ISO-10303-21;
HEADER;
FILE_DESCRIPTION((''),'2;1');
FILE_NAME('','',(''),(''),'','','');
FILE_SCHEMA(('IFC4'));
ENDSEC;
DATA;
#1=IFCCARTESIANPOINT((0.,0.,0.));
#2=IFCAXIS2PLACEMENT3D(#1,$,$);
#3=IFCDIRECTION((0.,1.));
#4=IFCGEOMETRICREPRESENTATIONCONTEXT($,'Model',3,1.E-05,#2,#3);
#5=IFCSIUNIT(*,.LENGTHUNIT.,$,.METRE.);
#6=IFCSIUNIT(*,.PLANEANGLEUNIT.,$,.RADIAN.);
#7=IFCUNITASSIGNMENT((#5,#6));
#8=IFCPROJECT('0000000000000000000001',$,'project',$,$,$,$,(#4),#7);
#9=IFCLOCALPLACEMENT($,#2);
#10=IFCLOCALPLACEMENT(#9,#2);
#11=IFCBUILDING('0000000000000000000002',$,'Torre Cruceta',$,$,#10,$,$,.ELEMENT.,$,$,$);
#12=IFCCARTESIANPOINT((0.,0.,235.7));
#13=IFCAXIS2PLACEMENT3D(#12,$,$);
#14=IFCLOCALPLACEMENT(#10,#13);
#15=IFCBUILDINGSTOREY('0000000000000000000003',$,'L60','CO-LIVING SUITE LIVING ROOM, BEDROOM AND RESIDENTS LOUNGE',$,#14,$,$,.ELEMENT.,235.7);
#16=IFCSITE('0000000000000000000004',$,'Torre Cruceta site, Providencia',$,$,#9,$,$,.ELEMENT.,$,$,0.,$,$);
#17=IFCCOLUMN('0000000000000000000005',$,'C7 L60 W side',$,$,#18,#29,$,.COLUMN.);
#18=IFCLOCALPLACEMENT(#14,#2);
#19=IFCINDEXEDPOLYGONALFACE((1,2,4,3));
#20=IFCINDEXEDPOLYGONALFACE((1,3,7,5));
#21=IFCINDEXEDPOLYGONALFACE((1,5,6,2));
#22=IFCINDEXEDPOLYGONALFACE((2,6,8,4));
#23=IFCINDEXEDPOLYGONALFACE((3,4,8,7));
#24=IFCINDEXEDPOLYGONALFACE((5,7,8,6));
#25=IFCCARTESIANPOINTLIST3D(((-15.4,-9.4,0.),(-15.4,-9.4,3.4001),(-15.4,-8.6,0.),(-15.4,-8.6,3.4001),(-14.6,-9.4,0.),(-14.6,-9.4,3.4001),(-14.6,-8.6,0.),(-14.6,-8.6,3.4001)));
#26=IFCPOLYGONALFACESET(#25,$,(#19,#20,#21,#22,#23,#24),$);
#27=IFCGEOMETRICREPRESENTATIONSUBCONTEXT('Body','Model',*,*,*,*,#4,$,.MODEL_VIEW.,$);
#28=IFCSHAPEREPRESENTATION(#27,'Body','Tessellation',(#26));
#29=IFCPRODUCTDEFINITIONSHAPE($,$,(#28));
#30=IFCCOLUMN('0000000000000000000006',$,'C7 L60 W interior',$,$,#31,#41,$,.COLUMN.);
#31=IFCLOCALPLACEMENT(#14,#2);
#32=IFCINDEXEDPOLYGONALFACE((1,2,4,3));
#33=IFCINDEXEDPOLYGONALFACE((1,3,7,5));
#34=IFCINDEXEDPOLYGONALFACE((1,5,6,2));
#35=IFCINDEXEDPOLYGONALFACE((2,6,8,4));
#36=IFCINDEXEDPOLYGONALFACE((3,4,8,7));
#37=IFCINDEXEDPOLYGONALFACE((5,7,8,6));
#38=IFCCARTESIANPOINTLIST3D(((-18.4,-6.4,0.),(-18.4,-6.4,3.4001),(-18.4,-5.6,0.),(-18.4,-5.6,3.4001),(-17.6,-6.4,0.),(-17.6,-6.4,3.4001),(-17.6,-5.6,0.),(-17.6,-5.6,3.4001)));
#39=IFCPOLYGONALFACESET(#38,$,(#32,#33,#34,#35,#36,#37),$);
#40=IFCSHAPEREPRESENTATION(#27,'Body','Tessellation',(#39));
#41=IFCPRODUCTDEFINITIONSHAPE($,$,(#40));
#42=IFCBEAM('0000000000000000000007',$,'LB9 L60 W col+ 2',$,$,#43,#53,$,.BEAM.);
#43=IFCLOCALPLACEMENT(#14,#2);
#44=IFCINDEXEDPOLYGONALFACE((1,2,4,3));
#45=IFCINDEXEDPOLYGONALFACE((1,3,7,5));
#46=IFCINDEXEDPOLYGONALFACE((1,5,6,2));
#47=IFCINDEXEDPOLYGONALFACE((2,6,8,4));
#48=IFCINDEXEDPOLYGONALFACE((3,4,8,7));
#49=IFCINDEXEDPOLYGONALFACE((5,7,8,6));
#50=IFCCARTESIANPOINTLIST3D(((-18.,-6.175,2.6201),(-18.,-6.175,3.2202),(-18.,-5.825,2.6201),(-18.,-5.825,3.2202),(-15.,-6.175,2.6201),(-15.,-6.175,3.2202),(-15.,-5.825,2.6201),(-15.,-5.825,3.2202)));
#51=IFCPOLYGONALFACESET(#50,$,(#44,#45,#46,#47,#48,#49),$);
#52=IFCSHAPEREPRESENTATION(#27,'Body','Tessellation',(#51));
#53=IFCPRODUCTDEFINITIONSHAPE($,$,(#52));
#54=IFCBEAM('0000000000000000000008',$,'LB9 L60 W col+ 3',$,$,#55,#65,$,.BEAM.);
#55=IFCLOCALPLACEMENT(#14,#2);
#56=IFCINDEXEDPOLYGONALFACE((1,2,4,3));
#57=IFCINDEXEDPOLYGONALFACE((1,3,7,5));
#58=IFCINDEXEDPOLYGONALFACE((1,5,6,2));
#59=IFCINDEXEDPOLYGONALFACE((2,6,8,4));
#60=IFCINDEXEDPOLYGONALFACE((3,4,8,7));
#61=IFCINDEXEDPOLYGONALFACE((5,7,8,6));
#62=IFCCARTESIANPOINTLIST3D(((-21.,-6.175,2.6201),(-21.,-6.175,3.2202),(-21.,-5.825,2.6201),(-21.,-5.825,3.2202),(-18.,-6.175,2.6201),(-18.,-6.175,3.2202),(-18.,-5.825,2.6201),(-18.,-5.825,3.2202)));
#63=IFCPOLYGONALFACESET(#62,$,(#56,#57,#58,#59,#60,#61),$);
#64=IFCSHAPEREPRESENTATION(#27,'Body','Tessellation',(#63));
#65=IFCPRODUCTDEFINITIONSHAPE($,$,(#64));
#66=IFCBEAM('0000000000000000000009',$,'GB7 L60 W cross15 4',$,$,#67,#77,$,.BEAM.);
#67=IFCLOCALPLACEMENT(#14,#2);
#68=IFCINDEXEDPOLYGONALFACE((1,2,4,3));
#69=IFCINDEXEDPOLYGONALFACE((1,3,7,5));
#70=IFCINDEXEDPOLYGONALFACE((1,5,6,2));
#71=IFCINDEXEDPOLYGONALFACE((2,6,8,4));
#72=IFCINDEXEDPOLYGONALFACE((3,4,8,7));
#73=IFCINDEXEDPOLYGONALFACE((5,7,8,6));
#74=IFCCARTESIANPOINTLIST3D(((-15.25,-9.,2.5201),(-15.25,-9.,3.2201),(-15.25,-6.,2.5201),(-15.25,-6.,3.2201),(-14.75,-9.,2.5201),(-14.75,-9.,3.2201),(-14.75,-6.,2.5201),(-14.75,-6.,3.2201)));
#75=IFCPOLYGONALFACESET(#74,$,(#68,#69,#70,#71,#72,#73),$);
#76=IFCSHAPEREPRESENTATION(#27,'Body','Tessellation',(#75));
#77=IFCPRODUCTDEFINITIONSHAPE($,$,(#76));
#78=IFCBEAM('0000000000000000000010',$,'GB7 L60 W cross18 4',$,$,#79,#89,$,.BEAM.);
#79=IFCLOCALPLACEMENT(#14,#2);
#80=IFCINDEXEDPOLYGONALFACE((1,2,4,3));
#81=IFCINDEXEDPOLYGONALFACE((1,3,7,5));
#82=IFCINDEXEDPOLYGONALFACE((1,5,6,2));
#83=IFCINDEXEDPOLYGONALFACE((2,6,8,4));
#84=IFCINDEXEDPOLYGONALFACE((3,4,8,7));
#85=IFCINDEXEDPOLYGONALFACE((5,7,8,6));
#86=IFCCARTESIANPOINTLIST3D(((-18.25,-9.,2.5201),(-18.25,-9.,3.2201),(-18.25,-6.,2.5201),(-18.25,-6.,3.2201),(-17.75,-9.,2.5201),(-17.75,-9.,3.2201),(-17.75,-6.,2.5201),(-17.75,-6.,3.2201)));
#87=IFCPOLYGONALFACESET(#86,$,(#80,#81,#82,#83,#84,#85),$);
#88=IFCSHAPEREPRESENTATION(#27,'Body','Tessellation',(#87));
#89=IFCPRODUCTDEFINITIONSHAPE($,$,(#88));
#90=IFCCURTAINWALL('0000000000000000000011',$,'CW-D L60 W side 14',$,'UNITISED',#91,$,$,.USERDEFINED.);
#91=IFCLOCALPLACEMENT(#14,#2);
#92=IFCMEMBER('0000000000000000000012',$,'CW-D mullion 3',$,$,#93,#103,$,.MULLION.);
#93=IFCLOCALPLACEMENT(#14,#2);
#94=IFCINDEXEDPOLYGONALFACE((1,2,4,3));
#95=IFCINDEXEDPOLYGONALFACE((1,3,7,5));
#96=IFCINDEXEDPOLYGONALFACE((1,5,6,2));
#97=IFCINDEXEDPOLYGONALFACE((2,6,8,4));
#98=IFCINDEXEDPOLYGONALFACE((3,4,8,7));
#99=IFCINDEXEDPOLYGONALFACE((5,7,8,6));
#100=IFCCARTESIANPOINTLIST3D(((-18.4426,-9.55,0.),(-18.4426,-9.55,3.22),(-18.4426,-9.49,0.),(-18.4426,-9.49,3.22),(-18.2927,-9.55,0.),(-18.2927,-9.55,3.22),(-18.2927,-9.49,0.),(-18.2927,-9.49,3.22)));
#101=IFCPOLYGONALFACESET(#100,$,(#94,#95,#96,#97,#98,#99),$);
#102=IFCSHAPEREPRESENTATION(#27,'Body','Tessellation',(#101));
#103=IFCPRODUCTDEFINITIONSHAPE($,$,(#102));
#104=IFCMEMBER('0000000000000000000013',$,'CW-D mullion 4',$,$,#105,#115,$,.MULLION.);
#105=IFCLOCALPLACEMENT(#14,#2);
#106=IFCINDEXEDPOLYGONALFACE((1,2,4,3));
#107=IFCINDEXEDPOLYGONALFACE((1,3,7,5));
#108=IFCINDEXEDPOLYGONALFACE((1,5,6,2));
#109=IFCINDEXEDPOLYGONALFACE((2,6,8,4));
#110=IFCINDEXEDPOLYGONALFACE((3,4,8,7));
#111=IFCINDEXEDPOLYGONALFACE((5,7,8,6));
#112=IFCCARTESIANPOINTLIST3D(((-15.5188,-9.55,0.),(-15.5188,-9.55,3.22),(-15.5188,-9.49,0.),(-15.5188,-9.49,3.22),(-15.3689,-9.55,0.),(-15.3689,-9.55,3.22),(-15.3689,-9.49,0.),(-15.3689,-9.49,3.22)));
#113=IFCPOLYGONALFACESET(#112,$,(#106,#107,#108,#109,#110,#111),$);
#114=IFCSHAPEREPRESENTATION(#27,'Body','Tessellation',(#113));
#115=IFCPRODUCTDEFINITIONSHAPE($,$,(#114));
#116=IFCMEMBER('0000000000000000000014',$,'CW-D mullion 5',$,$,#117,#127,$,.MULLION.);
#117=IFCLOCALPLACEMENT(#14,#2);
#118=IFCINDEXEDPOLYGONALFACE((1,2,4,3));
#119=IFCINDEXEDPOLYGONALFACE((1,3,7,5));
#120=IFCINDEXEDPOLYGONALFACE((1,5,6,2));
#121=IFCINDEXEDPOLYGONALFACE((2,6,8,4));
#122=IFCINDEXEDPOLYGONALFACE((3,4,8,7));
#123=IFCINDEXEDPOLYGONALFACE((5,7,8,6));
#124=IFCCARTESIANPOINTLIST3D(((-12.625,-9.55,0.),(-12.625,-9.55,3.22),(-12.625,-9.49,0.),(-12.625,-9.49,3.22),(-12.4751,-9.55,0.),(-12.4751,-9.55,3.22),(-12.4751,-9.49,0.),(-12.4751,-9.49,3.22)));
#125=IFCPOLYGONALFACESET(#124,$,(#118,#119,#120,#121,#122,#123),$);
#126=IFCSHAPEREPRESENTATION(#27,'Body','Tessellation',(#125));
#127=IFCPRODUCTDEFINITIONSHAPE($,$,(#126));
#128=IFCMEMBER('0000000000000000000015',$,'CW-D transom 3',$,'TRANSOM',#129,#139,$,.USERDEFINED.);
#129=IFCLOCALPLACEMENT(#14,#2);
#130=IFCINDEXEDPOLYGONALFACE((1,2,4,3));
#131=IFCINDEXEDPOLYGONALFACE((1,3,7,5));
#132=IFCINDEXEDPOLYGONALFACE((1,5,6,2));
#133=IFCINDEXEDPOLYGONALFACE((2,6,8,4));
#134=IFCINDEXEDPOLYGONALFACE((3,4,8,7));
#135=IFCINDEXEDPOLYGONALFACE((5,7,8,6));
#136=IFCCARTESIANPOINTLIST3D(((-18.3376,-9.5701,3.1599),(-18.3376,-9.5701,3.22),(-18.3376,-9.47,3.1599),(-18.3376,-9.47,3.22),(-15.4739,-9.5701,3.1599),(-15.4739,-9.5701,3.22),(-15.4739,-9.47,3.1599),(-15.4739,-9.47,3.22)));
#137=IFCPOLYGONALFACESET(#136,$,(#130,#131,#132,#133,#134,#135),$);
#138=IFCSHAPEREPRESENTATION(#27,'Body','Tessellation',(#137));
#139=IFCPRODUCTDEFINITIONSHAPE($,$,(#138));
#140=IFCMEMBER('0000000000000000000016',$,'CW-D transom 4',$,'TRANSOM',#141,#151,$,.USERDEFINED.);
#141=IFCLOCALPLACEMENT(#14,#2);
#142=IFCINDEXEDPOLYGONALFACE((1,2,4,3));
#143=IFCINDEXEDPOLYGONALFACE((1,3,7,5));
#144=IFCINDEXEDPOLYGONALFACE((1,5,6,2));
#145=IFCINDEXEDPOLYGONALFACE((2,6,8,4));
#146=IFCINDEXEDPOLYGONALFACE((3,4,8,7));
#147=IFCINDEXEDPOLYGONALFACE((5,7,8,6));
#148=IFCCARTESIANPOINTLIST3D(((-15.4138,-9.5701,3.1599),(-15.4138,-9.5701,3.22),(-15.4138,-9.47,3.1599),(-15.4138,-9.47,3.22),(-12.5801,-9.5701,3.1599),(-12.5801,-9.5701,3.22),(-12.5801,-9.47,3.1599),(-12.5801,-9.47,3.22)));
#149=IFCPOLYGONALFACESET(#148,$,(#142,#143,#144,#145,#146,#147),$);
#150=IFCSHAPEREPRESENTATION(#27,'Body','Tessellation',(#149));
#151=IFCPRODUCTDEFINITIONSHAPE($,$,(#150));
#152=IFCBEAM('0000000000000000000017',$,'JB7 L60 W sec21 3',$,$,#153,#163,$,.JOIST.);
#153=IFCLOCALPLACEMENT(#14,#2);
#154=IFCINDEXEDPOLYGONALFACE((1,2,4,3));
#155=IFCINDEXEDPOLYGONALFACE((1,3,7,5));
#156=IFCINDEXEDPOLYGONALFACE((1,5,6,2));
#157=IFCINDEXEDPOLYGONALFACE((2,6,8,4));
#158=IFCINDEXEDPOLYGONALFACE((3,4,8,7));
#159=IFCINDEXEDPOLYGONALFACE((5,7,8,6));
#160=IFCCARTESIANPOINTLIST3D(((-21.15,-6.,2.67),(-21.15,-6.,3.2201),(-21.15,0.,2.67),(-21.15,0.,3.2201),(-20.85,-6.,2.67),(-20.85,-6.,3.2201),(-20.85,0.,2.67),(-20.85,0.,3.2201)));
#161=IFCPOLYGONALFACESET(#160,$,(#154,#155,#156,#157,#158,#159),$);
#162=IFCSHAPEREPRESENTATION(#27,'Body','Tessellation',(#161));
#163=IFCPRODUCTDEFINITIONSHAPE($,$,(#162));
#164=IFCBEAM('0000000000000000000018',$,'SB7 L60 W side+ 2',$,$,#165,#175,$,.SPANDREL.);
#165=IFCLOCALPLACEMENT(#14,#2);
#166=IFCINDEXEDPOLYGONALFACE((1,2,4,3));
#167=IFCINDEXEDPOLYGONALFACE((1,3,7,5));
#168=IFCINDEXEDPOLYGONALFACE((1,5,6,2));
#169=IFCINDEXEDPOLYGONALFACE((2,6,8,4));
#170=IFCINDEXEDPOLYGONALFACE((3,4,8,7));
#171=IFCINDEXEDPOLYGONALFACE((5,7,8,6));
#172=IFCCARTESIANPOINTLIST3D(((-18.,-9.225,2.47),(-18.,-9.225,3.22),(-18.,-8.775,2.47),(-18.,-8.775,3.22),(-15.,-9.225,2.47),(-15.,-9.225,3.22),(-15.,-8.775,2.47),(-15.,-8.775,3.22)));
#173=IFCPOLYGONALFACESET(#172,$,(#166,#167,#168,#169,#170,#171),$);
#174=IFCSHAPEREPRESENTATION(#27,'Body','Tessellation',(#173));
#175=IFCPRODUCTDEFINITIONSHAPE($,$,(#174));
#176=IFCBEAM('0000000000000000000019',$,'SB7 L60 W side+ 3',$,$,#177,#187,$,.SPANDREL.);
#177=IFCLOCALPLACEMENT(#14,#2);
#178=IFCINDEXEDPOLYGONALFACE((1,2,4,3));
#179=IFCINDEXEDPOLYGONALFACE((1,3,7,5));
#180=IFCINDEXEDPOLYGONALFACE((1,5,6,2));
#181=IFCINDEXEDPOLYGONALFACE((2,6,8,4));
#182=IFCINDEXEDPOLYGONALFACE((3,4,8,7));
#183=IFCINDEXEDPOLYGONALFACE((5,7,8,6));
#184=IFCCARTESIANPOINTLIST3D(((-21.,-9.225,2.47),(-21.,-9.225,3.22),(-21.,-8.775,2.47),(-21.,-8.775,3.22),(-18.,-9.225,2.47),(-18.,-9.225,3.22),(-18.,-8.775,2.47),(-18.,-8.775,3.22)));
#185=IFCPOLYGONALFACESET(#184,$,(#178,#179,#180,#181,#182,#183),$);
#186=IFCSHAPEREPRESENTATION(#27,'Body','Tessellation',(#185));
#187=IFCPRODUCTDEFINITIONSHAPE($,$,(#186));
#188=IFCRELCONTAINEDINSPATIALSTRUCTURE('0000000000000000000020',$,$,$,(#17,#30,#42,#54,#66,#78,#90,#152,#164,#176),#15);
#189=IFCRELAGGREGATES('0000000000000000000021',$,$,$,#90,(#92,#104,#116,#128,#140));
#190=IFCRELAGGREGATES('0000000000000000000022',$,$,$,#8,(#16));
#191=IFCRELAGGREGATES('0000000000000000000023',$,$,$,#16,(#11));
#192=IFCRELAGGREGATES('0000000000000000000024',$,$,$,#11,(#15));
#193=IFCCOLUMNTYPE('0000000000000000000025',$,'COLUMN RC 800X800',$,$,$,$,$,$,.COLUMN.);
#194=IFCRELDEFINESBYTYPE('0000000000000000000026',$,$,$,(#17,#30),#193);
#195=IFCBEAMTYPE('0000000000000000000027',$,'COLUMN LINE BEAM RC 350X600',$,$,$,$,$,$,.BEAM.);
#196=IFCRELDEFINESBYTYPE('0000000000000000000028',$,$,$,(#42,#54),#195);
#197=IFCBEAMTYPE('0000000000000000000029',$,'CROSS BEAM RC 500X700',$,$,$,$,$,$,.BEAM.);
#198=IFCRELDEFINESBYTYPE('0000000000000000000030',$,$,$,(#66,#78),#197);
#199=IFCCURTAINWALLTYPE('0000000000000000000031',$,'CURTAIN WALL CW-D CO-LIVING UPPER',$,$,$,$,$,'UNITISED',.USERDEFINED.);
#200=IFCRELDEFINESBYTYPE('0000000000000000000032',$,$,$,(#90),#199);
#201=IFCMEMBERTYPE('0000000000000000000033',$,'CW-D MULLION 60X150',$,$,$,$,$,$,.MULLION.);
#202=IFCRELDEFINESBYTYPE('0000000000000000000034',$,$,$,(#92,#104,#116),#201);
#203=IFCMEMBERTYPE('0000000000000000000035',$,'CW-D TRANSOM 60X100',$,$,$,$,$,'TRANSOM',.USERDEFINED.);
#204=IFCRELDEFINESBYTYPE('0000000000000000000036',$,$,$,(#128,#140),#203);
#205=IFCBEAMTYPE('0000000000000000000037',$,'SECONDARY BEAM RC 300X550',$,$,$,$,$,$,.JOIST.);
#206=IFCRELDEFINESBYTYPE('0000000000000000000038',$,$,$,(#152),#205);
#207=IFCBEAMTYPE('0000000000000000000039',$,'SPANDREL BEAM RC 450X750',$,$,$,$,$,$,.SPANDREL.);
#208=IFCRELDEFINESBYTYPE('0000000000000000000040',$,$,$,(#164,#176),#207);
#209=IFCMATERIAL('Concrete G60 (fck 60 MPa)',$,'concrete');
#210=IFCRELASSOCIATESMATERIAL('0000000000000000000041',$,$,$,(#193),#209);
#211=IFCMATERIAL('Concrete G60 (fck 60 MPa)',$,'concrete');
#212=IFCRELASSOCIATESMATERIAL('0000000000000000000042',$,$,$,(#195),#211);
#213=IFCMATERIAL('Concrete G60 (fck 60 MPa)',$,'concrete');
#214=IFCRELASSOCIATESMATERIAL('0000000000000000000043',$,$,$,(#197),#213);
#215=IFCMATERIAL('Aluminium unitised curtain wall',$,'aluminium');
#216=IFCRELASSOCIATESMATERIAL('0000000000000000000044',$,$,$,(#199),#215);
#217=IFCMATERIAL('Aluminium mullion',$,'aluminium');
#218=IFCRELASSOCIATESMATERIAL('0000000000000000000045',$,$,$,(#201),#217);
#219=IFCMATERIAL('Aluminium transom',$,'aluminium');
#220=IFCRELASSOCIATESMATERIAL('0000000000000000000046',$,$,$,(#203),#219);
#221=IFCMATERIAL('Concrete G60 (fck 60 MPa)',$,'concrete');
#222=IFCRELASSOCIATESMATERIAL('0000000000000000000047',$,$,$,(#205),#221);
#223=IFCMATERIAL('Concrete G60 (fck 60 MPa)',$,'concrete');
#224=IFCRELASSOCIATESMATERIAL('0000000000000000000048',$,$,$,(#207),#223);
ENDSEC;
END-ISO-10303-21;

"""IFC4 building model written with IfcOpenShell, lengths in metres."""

from ifc_helpers import new_model, si_unit, direction, frame, origin, origin_2d, place, context, subcontext, project, spatial, rectangle, extrude, material, material_profile, profile_set, type_object, element, aggregate, save


model = new_model("IFC4")

# Units and contexts
model_context = context("Model", 3, precision=1e-05, world=origin(), true_north=direction((0.0, 1.0)))
body_context = subcontext(model_context, "Body", "Model", "MODEL_VIEW")
ifc_project = project(units=[si_unit("LENGTHUNIT", "METRE"), si_unit("PLANEANGLEUNIT", "RADIAN")], contexts=[model_context])

# Site, building, storey
site_placement = place(None, origin())
site = spatial("IfcSite", under=ifc_project, at=site_placement, Name="Torre Cruceta site, Providencia", CompositionType="ELEMENT", RefElevation=0.0)
building_placement = place(site_placement, origin())
building = spatial("IfcBuilding", under=site, at=building_placement, Name="Torre Cruceta", CompositionType="ELEMENT")
storey_placement = place(building_placement, frame((0.0, 0.0, 235.7)))
storey = spatial("IfcBuildingStorey", under=building, at=storey_placement, Name="L60", Description="CO-LIVING SUITE LIVING ROOM, BEDROOM AND RESIDENTS LOUNGE", CompositionType="ELEMENT", Elevation=235.7)

# Columns
ifc_material_1 = material(Name="Concrete G60 (fck 60 MPa)", Category="concrete")
ifc_material_profile_1 = material_profile(ifc_material_1, rectangle(XDim=0.8, YDim=0.8, at=origin_2d()), Name="RC 800X800")
ifc_profile_set_1 = profile_set([ifc_material_profile_1], Name="Concrete G60 (fck 60 MPa)")
column_type = type_object("IfcColumnType", Name="COLUMN RC 800X800", PredefinedType="COLUMN", material=ifc_profile_set_1)
for number, where, z_axis, x_axis, name in (
    (1, (-15.0, -9.0, 0.0), (0.0, 0.0, 1.0), (1.0, 0.0, 0.0), "C7 L60 W side"),
    (2, (-18.0, -6.0, 0.0), (0.0, 0.0, 1.0), (1.0, 0.0, 0.0), "C7 L60 W interior"),
):
    element("IfcColumn", number, at=place(storey_placement, frame(where, z_axis=z_axis, x_axis=x_axis)), inside=storey, type_object=column_type, Name=name, PredefinedType="COLUMN", context=body_context, shape_type="SweptSolid", body=[
        extrude(rectangle(XDim=0.8, YDim=0.8, at=origin_2d()), origin(), (0.0, 0.0, 1.0), 3.4001),
    ])

# Beams
ifc_material_2 = material(Name="Concrete G60 (fck 60 MPa)", Category="concrete")
ifc_material_profile_2 = material_profile(ifc_material_2, rectangle(XDim=0.3501, YDim=0.6001, at=origin_2d()), Name="RC 350X600")
ifc_profile_set_2 = profile_set([ifc_material_profile_2], Name="Concrete G60 (fck 60 MPa)")
beam_type_1 = type_object("IfcBeamType", Name="COLUMN LINE BEAM RC 350X600", PredefinedType="BEAM", material=ifc_profile_set_2)
for number, where, z_axis, x_axis, name in (
    (3, (-15.0, -6.0, 2.9202), (-1.0, 0.0, 0.0), (0.0, -1.0, 0.0), "LB9 L60 W col+ 2"),
    (4, (-18.0, -6.0, 2.9202), (-1.0, 0.0, 0.0), (0.0, -1.0, 0.0), "LB9 L60 W col+ 3"),
):
    element("IfcBeam", number, at=place(storey_placement, frame(where, z_axis=z_axis, x_axis=x_axis)), inside=storey, type_object=beam_type_1, Name=name, PredefinedType="BEAM", context=body_context, shape_type="SweptSolid", body=[
        extrude(rectangle(XDim=0.3501, YDim=0.6001, at=origin_2d()), origin(), (0.0, 0.0, 1.0), 3.0),
    ])
ifc_material_3 = material(Name="Concrete G60 (fck 60 MPa)", Category="concrete")
ifc_material_profile_3 = material_profile(ifc_material_3, rectangle(XDim=0.5, YDim=0.7, at=origin_2d()), Name="RC 500X700")
ifc_profile_set_3 = profile_set([ifc_material_profile_3], Name="Concrete G60 (fck 60 MPa)")
beam_type_2 = type_object("IfcBeamType", Name="CROSS BEAM RC 500X700", PredefinedType="BEAM", material=ifc_profile_set_3)
for number, where, z_axis, x_axis, name in (
    (5, (-15.0, -6.0, 2.8701), (0.0, -1.0, 0.0), (1.0, 0.0, 0.0), "GB7 L60 W cross15 4"),
    (6, (-18.0, -6.0, 2.8701), (0.0, -1.0, 0.0), (1.0, 0.0, 0.0), "GB7 L60 W cross18 4"),
):
    element("IfcBeam", number, at=place(storey_placement, frame(where, z_axis=z_axis, x_axis=x_axis)), inside=storey, type_object=beam_type_2, Name=name, PredefinedType="BEAM", context=body_context, shape_type="SweptSolid", body=[
        extrude(rectangle(XDim=0.5, YDim=0.7, at=origin_2d()), origin(), (0.0, 0.0, 1.0), 3.0),
    ])

# Curtain wall, members
ifc_material_4 = material(Name="Aluminium unitised curtain wall", Category="aluminium")
curtain_wall_type = type_object("IfcCurtainWallType", Name="CURTAIN WALL CW-D CO-LIVING UPPER", ElementType="UNITISED", PredefinedType="USERDEFINED", material=ifc_material_4)
curtain_wall_placement = place(storey_placement, origin())
curtain_wall = element("IfcCurtainWall", 7, at=curtain_wall_placement, inside=storey, type_object=curtain_wall_type, Name="CW-D L60 W side 14", ObjectType="UNITISED", PredefinedType="USERDEFINED")
ifc_material_5 = material(Name="Aluminium mullion", Category="aluminium")
ifc_material_profile_4 = material_profile(ifc_material_5, rectangle(XDim=0.0601, YDim=0.1499, at=origin_2d()), Name="AL 60X150")
ifc_profile_set_4 = profile_set([ifc_material_profile_4], Name="Aluminium mullion")
member_type_1 = type_object("IfcMemberType", Name="CW-D MULLION 60X150", PredefinedType="MULLION", material=ifc_profile_set_4)
member_1_placement = place(storey_placement, frame((-18.3677, -9.52, 0.0), z_axis=(0.0, 0.0, 1.0), x_axis=(0.0, 1.0, 0.0)))
member_1 = element("IfcMember", 8, at=member_1_placement, type_object=member_type_1, Name="CW-D mullion 3", PredefinedType="MULLION", context=body_context, shape_type="SweptSolid", body=[
    extrude(rectangle(XDim=0.0601, YDim=0.1499, at=origin_2d()), origin(), (0.0, 0.0, 1.0), 3.22),
])
member_2_placement = place(storey_placement, frame((-15.4438, -9.52, 0.0), z_axis=(0.0, 0.0, 1.0), x_axis=(0.0, 1.0, 0.0)))
member_2 = element("IfcMember", 9, at=member_2_placement, type_object=member_type_1, Name="CW-D mullion 4", PredefinedType="MULLION", context=body_context, shape_type="SweptSolid", body=[
    extrude(rectangle(XDim=0.0601, YDim=0.1499, at=origin_2d()), origin(), (0.0, 0.0, 1.0), 3.22),
])
member_3_placement = place(storey_placement, frame((-12.55, -9.52, 0.0), z_axis=(0.0, 0.0, 1.0), x_axis=(0.0, 1.0, 0.0)))
member_3 = element("IfcMember", 10, at=member_3_placement, type_object=member_type_1, Name="CW-D mullion 5", PredefinedType="MULLION", context=body_context, shape_type="SweptSolid", body=[
    extrude(rectangle(XDim=0.0601, YDim=0.1499, at=origin_2d()), origin(), (0.0, 0.0, 1.0), 3.22),
])
ifc_material_6 = material(Name="Aluminium transom", Category="aluminium")
ifc_material_profile_5 = material_profile(ifc_material_6, rectangle(XDim=0.1001, YDim=0.0601, at=origin_2d()), Name="AL 100X60")
ifc_profile_set_5 = profile_set([ifc_material_profile_5], Name="Aluminium transom")
member_type_2 = type_object("IfcMemberType", Name="CW-D TRANSOM 60X100", ElementType="TRANSOM", PredefinedType="USERDEFINED", material=ifc_profile_set_5)
member_4_placement = place(storey_placement, frame((-18.3376, -9.52, 3.1899), z_axis=(1.0, 0.0, 0.0), x_axis=(0.0, 1.0, 0.0)))
member_4 = element("IfcMember", 11, at=member_4_placement, type_object=member_type_2, Name="CW-D transom 3", ObjectType="TRANSOM", PredefinedType="USERDEFINED", context=body_context, shape_type="SweptSolid", body=[
    extrude(rectangle(XDim=0.1001, YDim=0.0601, at=origin_2d()), origin(), (0.0, 0.0, 1.0), 2.8638),
])
member_5_placement = place(storey_placement, frame((-15.4138, -9.52, 3.1899), z_axis=(1.0, 0.0, 0.0), x_axis=(0.0, 1.0, 0.0)))
member_5 = element("IfcMember", 12, at=member_5_placement, type_object=member_type_2, Name="CW-D transom 4", ObjectType="TRANSOM", PredefinedType="USERDEFINED", context=body_context, shape_type="SweptSolid", body=[
    extrude(rectangle(XDim=0.1001, YDim=0.0601, at=origin_2d()), origin(), (0.0, 0.0, 1.0), 2.8337),
])

# Beams
ifc_material_7 = material(Name="Concrete G60 (fck 60 MPa)", Category="concrete")
ifc_material_profile_6 = material_profile(ifc_material_7, rectangle(XDim=0.3, YDim=0.55, at=origin_2d()), Name="RC 300X550")
ifc_profile_set_6 = profile_set([ifc_material_profile_6], Name="Concrete G60 (fck 60 MPa)")
beam_type_3 = type_object("IfcBeamType", Name="SECONDARY BEAM RC 300X550", PredefinedType="JOIST", material=ifc_profile_set_6)
beam_placement = place(storey_placement, frame((-21.0, 0.0, 2.9451), z_axis=(0.0, -1.0, 0.0), x_axis=(1.0, 0.0, 0.0)))
element("IfcBeam", 13, at=beam_placement, inside=storey, type_object=beam_type_3, Name="JB7 L60 W sec21 3", PredefinedType="JOIST", context=body_context, shape_type="SweptSolid", body=[
    extrude(rectangle(XDim=0.3, YDim=0.55, at=origin_2d()), origin(), (0.0, 0.0, 1.0), 6.0),
])
ifc_material_8 = material(Name="Concrete G60 (fck 60 MPa)", Category="concrete")
ifc_material_profile_7 = material_profile(ifc_material_8, rectangle(XDim=0.45, YDim=0.75, at=origin_2d()), Name="RC 450X750")
ifc_profile_set_7 = profile_set([ifc_material_profile_7], Name="Concrete G60 (fck 60 MPa)")
beam_type_4 = type_object("IfcBeamType", Name="SPANDREL BEAM RC 450X750", PredefinedType="SPANDREL", material=ifc_profile_set_7)
for number, where, z_axis, x_axis, name in (
    (14, (-15.0, -9.0, 2.845), (-1.0, 0.0, 0.0), (0.0, -1.0, 0.0), "SB7 L60 W side+ 2"),
    (15, (-18.0, -9.0, 2.845), (-1.0, 0.0, 0.0), (0.0, -1.0, 0.0), "SB7 L60 W side+ 3"),
):
    element("IfcBeam", number, at=place(storey_placement, frame(where, z_axis=z_axis, x_axis=x_axis)), inside=storey, type_object=beam_type_4, Name=name, PredefinedType="SPANDREL", context=body_context, shape_type="SweptSolid", body=[
        extrude(rectangle(XDim=0.45, YDim=0.75, at=origin_2d()), origin(), (0.0, 0.0, 1.0), 3.0),
    ])

aggregate(curtain_wall, [member_1, member_2, member_3, member_4, member_5])

save(model, "model.ifc")
